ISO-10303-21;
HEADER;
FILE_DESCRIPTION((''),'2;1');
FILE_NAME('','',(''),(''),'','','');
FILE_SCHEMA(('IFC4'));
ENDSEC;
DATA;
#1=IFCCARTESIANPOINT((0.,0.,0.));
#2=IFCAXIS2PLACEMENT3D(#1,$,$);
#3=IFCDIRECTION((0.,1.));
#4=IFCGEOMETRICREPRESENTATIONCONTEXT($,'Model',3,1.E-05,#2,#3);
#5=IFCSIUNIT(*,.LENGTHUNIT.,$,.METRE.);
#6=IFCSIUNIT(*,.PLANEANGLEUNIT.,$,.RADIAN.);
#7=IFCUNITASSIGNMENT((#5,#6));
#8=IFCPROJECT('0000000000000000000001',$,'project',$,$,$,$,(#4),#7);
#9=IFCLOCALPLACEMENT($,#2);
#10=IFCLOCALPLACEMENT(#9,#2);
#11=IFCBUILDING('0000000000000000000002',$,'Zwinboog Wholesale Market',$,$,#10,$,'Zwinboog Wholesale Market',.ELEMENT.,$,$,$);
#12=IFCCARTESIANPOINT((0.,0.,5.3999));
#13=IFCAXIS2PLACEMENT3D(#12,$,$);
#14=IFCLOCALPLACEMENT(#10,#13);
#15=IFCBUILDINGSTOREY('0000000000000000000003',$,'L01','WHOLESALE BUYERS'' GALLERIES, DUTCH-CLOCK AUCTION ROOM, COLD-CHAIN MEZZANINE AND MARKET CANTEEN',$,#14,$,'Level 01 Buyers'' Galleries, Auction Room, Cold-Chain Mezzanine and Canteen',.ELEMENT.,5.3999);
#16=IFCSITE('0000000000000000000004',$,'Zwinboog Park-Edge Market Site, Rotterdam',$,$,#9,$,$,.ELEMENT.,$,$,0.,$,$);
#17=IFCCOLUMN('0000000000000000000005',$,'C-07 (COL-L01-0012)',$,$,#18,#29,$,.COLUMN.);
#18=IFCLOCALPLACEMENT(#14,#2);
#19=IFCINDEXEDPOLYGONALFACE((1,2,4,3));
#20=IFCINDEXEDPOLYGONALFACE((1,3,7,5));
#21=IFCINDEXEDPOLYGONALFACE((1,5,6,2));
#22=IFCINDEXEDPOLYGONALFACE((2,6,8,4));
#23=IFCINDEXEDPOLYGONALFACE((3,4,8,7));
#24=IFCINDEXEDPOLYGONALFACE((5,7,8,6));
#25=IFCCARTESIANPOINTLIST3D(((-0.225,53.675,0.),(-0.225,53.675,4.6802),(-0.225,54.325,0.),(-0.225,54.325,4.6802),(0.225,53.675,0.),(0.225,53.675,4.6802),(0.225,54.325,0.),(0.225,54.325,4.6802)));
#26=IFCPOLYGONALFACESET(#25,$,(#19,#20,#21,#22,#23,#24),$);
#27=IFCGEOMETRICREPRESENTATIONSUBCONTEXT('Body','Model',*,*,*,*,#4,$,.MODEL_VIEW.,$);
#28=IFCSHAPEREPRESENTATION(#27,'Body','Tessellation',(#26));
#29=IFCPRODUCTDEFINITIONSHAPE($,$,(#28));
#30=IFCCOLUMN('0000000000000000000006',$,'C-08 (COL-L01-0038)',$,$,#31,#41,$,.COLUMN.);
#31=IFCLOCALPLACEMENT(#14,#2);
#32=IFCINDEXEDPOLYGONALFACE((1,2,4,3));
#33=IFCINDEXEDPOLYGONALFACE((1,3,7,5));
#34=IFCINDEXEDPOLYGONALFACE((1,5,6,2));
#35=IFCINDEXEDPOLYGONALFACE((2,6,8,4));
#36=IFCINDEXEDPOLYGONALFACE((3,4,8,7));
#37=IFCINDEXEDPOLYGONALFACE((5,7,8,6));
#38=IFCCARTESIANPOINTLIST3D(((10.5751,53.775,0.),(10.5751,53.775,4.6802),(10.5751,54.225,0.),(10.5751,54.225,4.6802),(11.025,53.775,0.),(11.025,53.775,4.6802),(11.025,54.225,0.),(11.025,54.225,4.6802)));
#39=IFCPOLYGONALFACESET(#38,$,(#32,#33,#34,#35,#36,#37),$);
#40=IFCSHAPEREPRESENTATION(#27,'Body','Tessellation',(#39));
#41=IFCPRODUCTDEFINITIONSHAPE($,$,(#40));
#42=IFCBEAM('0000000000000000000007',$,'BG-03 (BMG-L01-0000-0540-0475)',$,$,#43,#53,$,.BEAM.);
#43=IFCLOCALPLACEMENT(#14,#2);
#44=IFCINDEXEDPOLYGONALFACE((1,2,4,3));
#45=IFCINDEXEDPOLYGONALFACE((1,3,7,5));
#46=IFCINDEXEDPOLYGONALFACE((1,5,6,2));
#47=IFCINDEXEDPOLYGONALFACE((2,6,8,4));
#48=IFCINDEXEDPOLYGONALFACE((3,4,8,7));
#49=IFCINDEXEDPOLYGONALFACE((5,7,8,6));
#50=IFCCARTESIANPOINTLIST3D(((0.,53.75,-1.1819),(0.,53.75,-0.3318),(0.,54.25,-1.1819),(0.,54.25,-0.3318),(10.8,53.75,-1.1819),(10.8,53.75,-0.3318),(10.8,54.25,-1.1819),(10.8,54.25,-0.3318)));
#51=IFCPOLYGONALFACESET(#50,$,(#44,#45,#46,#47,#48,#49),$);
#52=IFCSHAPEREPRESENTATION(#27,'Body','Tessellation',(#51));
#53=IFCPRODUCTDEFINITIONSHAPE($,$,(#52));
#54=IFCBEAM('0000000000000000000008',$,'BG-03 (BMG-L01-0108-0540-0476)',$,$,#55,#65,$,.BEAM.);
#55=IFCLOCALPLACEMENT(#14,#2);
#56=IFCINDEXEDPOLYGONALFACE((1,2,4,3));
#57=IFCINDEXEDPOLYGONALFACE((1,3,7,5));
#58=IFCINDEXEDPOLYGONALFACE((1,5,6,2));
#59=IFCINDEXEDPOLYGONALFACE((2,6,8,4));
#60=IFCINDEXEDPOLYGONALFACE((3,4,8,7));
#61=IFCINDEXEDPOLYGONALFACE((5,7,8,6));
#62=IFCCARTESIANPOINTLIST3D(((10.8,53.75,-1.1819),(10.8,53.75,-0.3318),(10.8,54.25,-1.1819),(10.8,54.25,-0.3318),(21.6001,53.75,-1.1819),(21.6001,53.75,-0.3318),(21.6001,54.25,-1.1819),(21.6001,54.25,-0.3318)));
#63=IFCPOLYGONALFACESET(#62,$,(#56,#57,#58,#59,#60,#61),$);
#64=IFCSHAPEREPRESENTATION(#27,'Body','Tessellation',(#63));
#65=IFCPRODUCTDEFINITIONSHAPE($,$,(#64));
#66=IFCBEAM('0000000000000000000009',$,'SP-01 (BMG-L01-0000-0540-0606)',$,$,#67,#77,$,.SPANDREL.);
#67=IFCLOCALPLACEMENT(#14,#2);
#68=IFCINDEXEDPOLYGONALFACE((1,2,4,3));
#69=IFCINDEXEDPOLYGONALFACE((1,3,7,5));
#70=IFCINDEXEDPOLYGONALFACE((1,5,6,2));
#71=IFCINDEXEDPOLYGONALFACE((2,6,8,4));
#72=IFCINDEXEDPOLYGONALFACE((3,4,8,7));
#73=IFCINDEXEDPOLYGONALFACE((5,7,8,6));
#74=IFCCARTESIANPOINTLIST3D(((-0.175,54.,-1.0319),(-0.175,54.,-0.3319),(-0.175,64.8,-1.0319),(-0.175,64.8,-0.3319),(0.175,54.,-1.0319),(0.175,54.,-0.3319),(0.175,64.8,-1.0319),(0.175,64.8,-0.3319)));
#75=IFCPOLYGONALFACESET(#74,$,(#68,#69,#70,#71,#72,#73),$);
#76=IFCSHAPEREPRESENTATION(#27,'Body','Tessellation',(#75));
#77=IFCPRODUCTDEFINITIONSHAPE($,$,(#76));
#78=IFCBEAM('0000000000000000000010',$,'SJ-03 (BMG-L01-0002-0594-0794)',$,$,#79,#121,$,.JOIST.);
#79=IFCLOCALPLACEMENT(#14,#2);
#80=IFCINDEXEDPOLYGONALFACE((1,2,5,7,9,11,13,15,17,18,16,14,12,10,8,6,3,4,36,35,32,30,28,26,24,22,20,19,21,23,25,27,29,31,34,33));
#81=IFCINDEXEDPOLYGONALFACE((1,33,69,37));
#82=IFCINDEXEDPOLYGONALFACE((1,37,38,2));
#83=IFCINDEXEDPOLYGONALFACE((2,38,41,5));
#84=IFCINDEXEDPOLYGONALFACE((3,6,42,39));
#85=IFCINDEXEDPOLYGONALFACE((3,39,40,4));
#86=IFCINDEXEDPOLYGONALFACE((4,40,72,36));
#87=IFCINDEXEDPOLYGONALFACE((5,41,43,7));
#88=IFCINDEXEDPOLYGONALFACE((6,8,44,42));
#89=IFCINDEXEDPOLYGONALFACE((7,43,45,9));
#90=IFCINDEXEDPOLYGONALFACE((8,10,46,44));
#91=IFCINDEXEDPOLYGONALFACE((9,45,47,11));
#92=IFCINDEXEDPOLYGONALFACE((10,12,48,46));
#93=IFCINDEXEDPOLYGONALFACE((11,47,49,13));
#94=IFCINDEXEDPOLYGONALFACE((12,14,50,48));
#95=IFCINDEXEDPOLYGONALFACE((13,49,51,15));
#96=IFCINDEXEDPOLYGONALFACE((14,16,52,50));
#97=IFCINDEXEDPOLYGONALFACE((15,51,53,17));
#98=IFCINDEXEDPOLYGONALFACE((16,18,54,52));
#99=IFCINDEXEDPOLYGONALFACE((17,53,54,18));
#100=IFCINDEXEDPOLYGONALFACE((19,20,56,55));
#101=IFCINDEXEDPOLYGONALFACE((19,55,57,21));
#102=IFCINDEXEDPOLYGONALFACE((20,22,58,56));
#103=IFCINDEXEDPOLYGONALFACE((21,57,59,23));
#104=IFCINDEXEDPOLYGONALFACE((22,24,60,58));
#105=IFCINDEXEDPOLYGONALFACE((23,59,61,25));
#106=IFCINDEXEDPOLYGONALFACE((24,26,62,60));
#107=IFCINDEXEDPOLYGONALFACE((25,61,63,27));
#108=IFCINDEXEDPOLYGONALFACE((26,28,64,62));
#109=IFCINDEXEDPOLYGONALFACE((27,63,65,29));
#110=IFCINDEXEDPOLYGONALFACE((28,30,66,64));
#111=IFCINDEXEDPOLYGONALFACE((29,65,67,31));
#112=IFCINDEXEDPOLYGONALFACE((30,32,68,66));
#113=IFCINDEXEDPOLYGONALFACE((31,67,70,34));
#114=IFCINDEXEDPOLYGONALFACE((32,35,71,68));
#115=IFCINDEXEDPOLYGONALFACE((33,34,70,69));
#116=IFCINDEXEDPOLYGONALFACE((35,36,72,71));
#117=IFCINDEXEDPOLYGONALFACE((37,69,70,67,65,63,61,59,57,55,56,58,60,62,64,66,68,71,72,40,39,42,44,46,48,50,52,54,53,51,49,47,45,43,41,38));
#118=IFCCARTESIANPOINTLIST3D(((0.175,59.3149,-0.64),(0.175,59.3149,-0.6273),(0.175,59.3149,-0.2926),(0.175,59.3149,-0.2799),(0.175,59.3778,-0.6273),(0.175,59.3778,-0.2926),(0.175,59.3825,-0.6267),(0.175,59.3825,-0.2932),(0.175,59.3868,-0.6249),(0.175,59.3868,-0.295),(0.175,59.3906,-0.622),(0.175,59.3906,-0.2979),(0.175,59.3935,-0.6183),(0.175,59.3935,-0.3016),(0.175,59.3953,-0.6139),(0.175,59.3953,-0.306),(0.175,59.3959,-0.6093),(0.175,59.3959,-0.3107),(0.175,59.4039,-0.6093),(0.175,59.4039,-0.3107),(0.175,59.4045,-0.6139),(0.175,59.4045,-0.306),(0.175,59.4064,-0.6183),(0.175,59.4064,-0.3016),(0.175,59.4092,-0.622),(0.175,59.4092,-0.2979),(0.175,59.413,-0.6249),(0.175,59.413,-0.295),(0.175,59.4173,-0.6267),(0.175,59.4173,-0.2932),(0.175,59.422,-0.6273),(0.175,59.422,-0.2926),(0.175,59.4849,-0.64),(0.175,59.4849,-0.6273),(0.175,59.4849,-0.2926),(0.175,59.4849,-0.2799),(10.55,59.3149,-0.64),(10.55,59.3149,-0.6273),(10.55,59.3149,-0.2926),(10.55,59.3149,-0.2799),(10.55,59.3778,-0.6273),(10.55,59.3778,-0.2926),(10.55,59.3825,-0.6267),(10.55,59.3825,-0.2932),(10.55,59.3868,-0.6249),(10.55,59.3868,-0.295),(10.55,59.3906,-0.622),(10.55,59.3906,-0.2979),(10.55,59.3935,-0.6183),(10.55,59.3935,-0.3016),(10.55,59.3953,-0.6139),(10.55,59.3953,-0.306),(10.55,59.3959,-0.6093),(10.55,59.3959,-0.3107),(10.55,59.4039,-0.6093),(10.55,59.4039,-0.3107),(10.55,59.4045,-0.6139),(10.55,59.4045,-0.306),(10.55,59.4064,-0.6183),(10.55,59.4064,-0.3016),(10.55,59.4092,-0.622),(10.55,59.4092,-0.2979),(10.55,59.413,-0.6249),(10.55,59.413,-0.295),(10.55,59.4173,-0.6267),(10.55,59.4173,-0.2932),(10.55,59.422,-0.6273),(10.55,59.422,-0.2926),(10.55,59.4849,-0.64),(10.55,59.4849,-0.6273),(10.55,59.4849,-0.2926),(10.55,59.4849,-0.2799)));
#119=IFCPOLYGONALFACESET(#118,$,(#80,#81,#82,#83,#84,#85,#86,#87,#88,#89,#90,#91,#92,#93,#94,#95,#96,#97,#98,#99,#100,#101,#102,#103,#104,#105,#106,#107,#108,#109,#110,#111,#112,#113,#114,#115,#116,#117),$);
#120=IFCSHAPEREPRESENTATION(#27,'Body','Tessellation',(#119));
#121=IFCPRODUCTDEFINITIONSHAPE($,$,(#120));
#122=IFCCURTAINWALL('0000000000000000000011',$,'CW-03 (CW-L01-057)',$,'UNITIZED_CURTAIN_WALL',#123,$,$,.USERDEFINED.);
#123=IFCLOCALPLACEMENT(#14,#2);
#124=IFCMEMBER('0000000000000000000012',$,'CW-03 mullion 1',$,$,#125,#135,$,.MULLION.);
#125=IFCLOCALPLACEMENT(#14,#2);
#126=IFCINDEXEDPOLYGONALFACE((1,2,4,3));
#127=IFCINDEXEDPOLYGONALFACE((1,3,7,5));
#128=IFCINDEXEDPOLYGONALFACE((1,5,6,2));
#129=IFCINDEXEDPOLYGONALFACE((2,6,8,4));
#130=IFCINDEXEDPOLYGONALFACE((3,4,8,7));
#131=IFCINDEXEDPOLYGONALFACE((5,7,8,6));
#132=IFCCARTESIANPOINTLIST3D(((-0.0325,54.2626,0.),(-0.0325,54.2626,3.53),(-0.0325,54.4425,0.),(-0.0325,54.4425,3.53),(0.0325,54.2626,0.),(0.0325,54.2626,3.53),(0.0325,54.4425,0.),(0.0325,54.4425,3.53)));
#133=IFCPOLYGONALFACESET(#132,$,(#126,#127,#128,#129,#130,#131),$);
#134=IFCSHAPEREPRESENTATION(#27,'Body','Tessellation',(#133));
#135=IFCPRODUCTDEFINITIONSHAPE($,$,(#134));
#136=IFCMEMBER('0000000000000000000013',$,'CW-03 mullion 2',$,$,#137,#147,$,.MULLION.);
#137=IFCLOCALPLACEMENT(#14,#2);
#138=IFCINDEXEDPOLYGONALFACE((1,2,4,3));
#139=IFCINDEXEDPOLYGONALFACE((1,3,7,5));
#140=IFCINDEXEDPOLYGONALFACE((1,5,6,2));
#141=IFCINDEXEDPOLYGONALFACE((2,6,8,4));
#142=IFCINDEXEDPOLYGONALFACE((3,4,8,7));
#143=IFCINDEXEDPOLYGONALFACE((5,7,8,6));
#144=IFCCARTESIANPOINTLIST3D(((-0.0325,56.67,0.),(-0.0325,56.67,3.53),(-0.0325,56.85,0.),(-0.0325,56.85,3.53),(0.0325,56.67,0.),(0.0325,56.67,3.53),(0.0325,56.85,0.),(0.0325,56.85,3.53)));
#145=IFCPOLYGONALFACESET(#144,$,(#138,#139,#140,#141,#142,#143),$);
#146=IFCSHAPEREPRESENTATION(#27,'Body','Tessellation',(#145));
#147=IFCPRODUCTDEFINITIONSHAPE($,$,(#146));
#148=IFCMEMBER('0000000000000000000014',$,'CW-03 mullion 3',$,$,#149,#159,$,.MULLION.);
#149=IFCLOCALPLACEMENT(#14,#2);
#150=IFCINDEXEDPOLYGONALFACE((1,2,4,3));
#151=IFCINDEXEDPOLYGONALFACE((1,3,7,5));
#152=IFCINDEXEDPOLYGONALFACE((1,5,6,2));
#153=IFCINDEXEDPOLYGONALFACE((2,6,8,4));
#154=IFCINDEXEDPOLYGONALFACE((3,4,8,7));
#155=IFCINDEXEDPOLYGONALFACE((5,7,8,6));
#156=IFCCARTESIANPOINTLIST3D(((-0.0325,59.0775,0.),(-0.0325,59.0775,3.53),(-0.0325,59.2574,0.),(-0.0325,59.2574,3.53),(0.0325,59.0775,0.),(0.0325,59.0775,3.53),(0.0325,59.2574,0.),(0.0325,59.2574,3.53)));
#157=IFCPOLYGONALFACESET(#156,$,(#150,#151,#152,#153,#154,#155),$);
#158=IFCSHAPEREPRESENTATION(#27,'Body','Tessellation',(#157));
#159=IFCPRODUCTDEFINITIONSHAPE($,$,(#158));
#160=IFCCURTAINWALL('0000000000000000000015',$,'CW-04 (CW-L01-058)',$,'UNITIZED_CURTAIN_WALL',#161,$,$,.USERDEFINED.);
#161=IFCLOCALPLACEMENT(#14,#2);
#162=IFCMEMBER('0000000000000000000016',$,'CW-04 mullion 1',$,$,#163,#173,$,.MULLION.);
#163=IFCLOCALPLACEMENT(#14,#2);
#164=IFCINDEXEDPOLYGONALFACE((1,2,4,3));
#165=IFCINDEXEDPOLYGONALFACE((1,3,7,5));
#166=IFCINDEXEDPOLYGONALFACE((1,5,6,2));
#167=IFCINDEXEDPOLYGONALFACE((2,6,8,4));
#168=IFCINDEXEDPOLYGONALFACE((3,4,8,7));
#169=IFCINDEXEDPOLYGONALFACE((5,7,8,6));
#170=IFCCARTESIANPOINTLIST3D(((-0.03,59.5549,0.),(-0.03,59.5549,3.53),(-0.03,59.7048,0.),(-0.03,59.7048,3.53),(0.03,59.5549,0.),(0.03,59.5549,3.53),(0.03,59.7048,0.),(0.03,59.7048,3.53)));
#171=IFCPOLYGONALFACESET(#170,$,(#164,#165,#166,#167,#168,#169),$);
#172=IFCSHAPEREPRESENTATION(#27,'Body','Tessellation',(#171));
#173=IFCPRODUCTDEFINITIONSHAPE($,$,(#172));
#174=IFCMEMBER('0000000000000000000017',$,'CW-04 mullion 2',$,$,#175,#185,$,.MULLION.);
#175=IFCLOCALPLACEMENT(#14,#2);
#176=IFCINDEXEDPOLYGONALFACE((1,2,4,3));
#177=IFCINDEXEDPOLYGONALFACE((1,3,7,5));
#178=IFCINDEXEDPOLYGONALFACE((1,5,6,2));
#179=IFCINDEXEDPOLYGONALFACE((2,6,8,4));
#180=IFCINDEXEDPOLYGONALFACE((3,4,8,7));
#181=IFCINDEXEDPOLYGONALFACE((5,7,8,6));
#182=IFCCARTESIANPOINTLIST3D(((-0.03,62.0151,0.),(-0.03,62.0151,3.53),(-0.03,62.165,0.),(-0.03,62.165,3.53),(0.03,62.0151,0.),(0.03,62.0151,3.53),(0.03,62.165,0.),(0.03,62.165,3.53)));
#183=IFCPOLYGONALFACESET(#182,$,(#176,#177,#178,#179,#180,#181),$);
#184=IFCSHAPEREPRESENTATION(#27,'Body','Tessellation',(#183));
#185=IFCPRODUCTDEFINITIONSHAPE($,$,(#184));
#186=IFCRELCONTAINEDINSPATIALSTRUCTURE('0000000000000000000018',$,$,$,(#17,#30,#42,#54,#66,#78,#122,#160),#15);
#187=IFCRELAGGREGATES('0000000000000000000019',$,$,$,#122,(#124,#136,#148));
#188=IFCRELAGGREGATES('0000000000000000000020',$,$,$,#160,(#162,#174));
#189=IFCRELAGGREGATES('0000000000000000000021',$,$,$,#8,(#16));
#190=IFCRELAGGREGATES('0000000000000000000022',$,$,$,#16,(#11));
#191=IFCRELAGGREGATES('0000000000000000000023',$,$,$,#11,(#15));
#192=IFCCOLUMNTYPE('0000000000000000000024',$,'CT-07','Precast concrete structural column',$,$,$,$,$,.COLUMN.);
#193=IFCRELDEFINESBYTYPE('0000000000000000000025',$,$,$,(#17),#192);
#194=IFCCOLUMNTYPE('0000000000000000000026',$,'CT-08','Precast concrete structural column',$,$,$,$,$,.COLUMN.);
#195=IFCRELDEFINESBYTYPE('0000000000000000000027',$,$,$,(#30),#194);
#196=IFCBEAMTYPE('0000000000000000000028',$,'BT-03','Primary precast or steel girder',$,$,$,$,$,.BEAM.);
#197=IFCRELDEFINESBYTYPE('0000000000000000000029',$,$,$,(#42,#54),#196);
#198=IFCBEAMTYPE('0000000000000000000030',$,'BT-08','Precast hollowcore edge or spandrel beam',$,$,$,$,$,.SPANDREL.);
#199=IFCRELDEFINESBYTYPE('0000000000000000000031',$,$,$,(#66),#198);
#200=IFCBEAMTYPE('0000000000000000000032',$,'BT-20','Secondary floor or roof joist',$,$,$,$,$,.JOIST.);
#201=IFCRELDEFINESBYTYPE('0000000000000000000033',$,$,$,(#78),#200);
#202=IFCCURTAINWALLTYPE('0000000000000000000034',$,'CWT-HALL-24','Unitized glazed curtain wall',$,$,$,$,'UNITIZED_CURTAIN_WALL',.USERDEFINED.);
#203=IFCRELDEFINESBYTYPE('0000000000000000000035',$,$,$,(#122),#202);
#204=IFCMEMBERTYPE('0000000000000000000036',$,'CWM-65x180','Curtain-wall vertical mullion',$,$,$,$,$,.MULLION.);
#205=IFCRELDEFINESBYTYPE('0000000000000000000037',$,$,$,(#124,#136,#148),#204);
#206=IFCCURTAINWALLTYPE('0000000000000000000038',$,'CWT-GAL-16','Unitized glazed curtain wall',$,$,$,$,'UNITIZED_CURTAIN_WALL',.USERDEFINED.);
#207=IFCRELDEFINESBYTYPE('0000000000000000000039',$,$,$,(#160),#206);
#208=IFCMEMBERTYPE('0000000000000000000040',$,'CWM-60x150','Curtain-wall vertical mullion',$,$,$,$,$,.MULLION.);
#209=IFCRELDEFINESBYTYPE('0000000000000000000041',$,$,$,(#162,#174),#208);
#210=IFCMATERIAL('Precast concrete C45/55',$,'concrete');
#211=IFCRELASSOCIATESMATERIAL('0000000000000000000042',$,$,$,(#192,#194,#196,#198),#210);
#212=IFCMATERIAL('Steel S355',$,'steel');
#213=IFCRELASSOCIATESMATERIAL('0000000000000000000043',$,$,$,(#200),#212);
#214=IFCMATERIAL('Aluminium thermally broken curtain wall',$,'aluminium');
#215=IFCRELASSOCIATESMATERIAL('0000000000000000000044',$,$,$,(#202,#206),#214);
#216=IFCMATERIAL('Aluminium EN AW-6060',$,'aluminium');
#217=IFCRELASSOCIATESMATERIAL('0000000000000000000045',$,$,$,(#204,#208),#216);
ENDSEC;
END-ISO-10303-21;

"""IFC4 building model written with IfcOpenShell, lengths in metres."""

from ifc_helpers import new_model, si_unit, direction, frame, origin, origin_2d, place, context, subcontext, project, spatial, rectangle, i_section, extrude, material, material_profile, profile_set, type_object, element, aggregate, save


model = new_model("IFC4")

# Units and contexts
model_context = context("Model", 3, precision=1e-05, world=origin(), true_north=direction((0.0, 1.0)))
body_context = subcontext(model_context, "Body", "Model", "MODEL_VIEW")
ifc_project = project(units=[si_unit("LENGTHUNIT", "METRE"), si_unit("PLANEANGLEUNIT", "RADIAN")], contexts=[model_context])

# Site, building, storey
site_placement = place(None, origin())
site = spatial("IfcSite", under=ifc_project, at=site_placement, Name="Zwinboog Park-Edge Market Site, Rotterdam", CompositionType="ELEMENT", RefElevation=0.0)
building_placement = place(site_placement, origin())
building = spatial("IfcBuilding", under=site, at=building_placement, Name="Zwinboog Wholesale Market", LongName="Zwinboog Wholesale Market", CompositionType="ELEMENT")
storey_placement = place(building_placement, frame((0.0, 0.0, 5.3999)))
storey = spatial("IfcBuildingStorey", under=building, at=storey_placement, Name="L01", Description="WHOLESALE BUYERS' GALLERIES, DUTCH-CLOCK AUCTION ROOM, COLD-CHAIN MEZZANINE AND MARKET CANTEEN", LongName="Level 01 Buyers' Galleries, Auction Room, Cold-Chain Mezzanine and Canteen", CompositionType="ELEMENT", Elevation=5.3999)

# Columns
ifc_material_1 = material(Name="Precast concrete C45/55", Category="concrete")
ifc_material_profile_1 = material_profile(ifc_material_1, rectangle(XDim=0.45, YDim=0.6499, at=origin_2d()), Name="PC 450x650")
ifc_profile_set_1 = profile_set([ifc_material_profile_1], Name="Precast concrete C45/55")
column_type_1 = type_object("IfcColumnType", Name="CT-07", Description="Precast concrete structural column", PredefinedType="COLUMN", material=ifc_profile_set_1)
column_1_placement = place(storey_placement, frame((0.0, 54.0, 0.0), z_axis=(0.0, 0.0, 1.0), x_axis=(1.0, 0.0, 0.0)))
element("IfcColumn", 1, at=column_1_placement, inside=storey, type_object=column_type_1, Name="C-07 (COL-L01-0012)", PredefinedType="COLUMN", context=body_context, shape_type="SweptSolid", body=[
    extrude(rectangle(XDim=0.45, YDim=0.6499, at=origin_2d()), origin(), (0.0, 0.0, 1.0), 4.6802),
])
ifc_material_profile_2 = material_profile(ifc_material_1, rectangle(XDim=0.45, YDim=0.45, at=origin_2d()), Name="PC 450x450")
ifc_profile_set_2 = profile_set([ifc_material_profile_2], Name="Precast concrete C45/55")
column_type_2 = type_object("IfcColumnType", Name="CT-08", Description="Precast concrete structural column", PredefinedType="COLUMN", material=ifc_profile_set_2)
column_2_placement = place(storey_placement, frame((10.8, 54.0, 0.0), z_axis=(0.0, 0.0, 1.0), x_axis=(1.0, 0.0, 0.0)))
element("IfcColumn", 2, at=column_2_placement, inside=storey, type_object=column_type_2, Name="C-08 (COL-L01-0038)", PredefinedType="COLUMN", context=body_context, shape_type="SweptSolid", body=[
    extrude(rectangle(XDim=0.45, YDim=0.45, at=origin_2d()), origin(), (0.0, 0.0, 1.0), 4.6802),
])

# Beams
ifc_material_profile_3 = material_profile(ifc_material_1, rectangle(XDim=0.5, YDim=0.8501, at=origin_2d()), Name="PC 500x850")
ifc_profile_set_3 = profile_set([ifc_material_profile_3], Name="Precast concrete C45/55")
beam_type_1 = type_object("IfcBeamType", Name="BT-03", Description="Primary precast or steel girder", PredefinedType="BEAM", material=ifc_profile_set_3)
for number, where, z_axis, x_axis, name in (
    (3, (0.0, 54.0, -0.7568), (1.0, 0.0, 0.0), (0.0, 1.0, 0.0), "BG-03 (BMG-L01-0000-0540-0475)"),
    (4, (10.8, 54.0, -0.7568), (1.0, 0.0, 0.0), (0.0, 1.0, 0.0), "BG-03 (BMG-L01-0108-0540-0476)"),
):
    element("IfcBeam", number, at=place(storey_placement, frame(where, z_axis=z_axis, x_axis=x_axis)), inside=storey, type_object=beam_type_1, Name=name, PredefinedType="BEAM", context=body_context, shape_type="SweptSolid", body=[
        extrude(rectangle(XDim=0.5, YDim=0.8501, at=origin_2d()), origin(), (0.0, 0.0, 1.0), 10.8),
    ])
ifc_material_profile_4 = material_profile(ifc_material_1, rectangle(XDim=0.3501, YDim=0.7, at=origin_2d()), Name="PC 350x700")
ifc_profile_set_4 = profile_set([ifc_material_profile_4], Name="Precast concrete C45/55")
beam_type_2 = type_object("IfcBeamType", Name="BT-08", Description="Precast hollowcore edge or spandrel beam", PredefinedType="SPANDREL", material=ifc_profile_set_4)
beam_1_placement = place(storey_placement, frame((0.0, 54.0, -0.6819), z_axis=(0.0, 1.0, 0.0), x_axis=(-1.0, 0.0, 0.0)))
element("IfcBeam", 5, at=beam_1_placement, inside=storey, type_object=beam_type_2, Name="SP-01 (BMG-L01-0000-0540-0606)", PredefinedType="SPANDREL", context=body_context, shape_type="SweptSolid", body=[
    extrude(rectangle(XDim=0.3501, YDim=0.7, at=origin_2d()), origin(), (0.0, 0.0, 1.0), 10.8),
])
ifc_material_2 = material(Name="Steel S355", Category="steel")
ifc_material_profile_5 = material_profile(ifc_material_2, i_section(OverallWidth=0.1699, OverallDepth=0.3601, WebThickness=0.0081, FlangeThickness=0.0127, FilletRadius=0.0181, at=origin_2d()), Name="IPE 360")
ifc_profile_set_5 = profile_set([ifc_material_profile_5], Name="Steel S355")
beam_type_3 = type_object("IfcBeamType", Name="BT-20", Description="Secondary floor or roof joist", PredefinedType="JOIST", material=ifc_profile_set_5)
beam_2_placement = place(storey_placement, frame((0.175, 59.3999, -0.46), z_axis=(1.0, 0.0, 0.0), x_axis=(0.0, 1.0, 0.0)))
element("IfcBeam", 6, at=beam_2_placement, inside=storey, type_object=beam_type_3, Name="SJ-03 (BMG-L01-0002-0594-0794)", PredefinedType="JOIST", context=body_context, shape_type="SweptSolid", body=[
    extrude(i_section(OverallWidth=0.1699, OverallDepth=0.3601, WebThickness=0.0081, FlangeThickness=0.0127, FilletRadius=0.0181, at=origin_2d()), origin(), (0.0, 0.0, 1.0), 10.375),
])

# Curtain walls, members
ifc_material_3 = material(Name="Aluminium thermally broken curtain wall", Category="aluminium")
curtain_wall_type_1 = type_object("IfcCurtainWallType", Name="CWT-HALL-24", Description="Unitized glazed curtain wall", ElementType="UNITIZED_CURTAIN_WALL", PredefinedType="USERDEFINED", material=ifc_material_3)
curtain_wall_1_placement = place(storey_placement, origin())
curtain_wall_1 = element("IfcCurtainWall", 7, at=curtain_wall_1_placement, inside=storey, type_object=curtain_wall_type_1, Name="CW-03 (CW-L01-057)", ObjectType="UNITIZED_CURTAIN_WALL", PredefinedType="USERDEFINED")
ifc_material_4 = material(Name="Aluminium EN AW-6060", Category="aluminium")
ifc_material_profile_6 = material_profile(ifc_material_4, rectangle(XDim=0.0649, YDim=0.1799, at=origin_2d()), Name="AL 65x180")
ifc_profile_set_6 = profile_set([ifc_material_profile_6], Name="Aluminium EN AW-6060")
member_type_1 = type_object("IfcMemberType", Name="CWM-65x180", Description="Curtain-wall vertical mullion", PredefinedType="MULLION", material=ifc_profile_set_6)
member_1_placement = place(storey_placement, frame((0.0, 54.3525, 0.0), z_axis=(0.0, 0.0, 1.0), x_axis=(-1.0, 0.0, 0.0)))
member_1 = element("IfcMember", 8, at=member_1_placement, type_object=member_type_1, Name="CW-03 mullion 1", PredefinedType="MULLION", context=body_context, shape_type="SweptSolid", body=[
    extrude(rectangle(XDim=0.0649, YDim=0.1799, at=origin_2d()), origin(), (0.0, 0.0, 1.0), 3.53),
])
member_2_placement = place(storey_placement, frame((0.0, 56.76, 0.0), z_axis=(0.0, 0.0, 1.0), x_axis=(-1.0, 0.0, 0.0)))
member_2 = element("IfcMember", 9, at=member_2_placement, type_object=member_type_1, Name="CW-03 mullion 2", PredefinedType="MULLION", context=body_context, shape_type="SweptSolid", body=[
    extrude(rectangle(XDim=0.0649, YDim=0.1799, at=origin_2d()), origin(), (0.0, 0.0, 1.0), 3.53),
])
member_3_placement = place(storey_placement, frame((0.0, 59.1675, 0.0), z_axis=(0.0, 0.0, 1.0), x_axis=(-1.0, 0.0, 0.0)))
member_3 = element("IfcMember", 10, at=member_3_placement, type_object=member_type_1, Name="CW-03 mullion 3", PredefinedType="MULLION", context=body_context, shape_type="SweptSolid", body=[
    extrude(rectangle(XDim=0.0649, YDim=0.1799, at=origin_2d()), origin(), (0.0, 0.0, 1.0), 3.53),
])
curtain_wall_type_2 = type_object("IfcCurtainWallType", Name="CWT-GAL-16", Description="Unitized glazed curtain wall", ElementType="UNITIZED_CURTAIN_WALL", PredefinedType="USERDEFINED", material=ifc_material_3)
curtain_wall_2_placement = place(storey_placement, origin())
curtain_wall_2 = element("IfcCurtainWall", 11, at=curtain_wall_2_placement, inside=storey, type_object=curtain_wall_type_2, Name="CW-04 (CW-L01-058)", ObjectType="UNITIZED_CURTAIN_WALL", PredefinedType="USERDEFINED")
ifc_material_profile_7 = material_profile(ifc_material_4, rectangle(XDim=0.0601, YDim=0.1499, at=origin_2d()), Name="AL 60x150")
ifc_profile_set_7 = profile_set([ifc_material_profile_7], Name="Aluminium EN AW-6060")
member_type_2 = type_object("IfcMemberType", Name="CWM-60x150", Description="Curtain-wall vertical mullion", PredefinedType="MULLION", material=ifc_profile_set_7)
member_4_placement = place(storey_placement, frame((0.0, 59.6299, 0.0), z_axis=(0.0, 0.0, 1.0), x_axis=(-1.0, 0.0, 0.0)))
member_4 = element("IfcMember", 12, at=member_4_placement, type_object=member_type_2, Name="CW-04 mullion 1", PredefinedType="MULLION", context=body_context, shape_type="SweptSolid", body=[
    extrude(rectangle(XDim=0.0601, YDim=0.1499, at=origin_2d()), origin(), (0.0, 0.0, 1.0), 3.53),
])
member_5_placement = place(storey_placement, frame((0.0, 62.0901, 0.0), z_axis=(0.0, 0.0, 1.0), x_axis=(-1.0, 0.0, 0.0)))
member_5 = element("IfcMember", 13, at=member_5_placement, type_object=member_type_2, Name="CW-04 mullion 2", PredefinedType="MULLION", context=body_context, shape_type="SweptSolid", body=[
    extrude(rectangle(XDim=0.0601, YDim=0.1499, at=origin_2d()), origin(), (0.0, 0.0, 1.0), 3.53),
])

aggregate(curtain_wall_1, [member_1, member_2, member_3])
aggregate(curtain_wall_2, [member_4, member_5])

save(model, "model.ifc")
